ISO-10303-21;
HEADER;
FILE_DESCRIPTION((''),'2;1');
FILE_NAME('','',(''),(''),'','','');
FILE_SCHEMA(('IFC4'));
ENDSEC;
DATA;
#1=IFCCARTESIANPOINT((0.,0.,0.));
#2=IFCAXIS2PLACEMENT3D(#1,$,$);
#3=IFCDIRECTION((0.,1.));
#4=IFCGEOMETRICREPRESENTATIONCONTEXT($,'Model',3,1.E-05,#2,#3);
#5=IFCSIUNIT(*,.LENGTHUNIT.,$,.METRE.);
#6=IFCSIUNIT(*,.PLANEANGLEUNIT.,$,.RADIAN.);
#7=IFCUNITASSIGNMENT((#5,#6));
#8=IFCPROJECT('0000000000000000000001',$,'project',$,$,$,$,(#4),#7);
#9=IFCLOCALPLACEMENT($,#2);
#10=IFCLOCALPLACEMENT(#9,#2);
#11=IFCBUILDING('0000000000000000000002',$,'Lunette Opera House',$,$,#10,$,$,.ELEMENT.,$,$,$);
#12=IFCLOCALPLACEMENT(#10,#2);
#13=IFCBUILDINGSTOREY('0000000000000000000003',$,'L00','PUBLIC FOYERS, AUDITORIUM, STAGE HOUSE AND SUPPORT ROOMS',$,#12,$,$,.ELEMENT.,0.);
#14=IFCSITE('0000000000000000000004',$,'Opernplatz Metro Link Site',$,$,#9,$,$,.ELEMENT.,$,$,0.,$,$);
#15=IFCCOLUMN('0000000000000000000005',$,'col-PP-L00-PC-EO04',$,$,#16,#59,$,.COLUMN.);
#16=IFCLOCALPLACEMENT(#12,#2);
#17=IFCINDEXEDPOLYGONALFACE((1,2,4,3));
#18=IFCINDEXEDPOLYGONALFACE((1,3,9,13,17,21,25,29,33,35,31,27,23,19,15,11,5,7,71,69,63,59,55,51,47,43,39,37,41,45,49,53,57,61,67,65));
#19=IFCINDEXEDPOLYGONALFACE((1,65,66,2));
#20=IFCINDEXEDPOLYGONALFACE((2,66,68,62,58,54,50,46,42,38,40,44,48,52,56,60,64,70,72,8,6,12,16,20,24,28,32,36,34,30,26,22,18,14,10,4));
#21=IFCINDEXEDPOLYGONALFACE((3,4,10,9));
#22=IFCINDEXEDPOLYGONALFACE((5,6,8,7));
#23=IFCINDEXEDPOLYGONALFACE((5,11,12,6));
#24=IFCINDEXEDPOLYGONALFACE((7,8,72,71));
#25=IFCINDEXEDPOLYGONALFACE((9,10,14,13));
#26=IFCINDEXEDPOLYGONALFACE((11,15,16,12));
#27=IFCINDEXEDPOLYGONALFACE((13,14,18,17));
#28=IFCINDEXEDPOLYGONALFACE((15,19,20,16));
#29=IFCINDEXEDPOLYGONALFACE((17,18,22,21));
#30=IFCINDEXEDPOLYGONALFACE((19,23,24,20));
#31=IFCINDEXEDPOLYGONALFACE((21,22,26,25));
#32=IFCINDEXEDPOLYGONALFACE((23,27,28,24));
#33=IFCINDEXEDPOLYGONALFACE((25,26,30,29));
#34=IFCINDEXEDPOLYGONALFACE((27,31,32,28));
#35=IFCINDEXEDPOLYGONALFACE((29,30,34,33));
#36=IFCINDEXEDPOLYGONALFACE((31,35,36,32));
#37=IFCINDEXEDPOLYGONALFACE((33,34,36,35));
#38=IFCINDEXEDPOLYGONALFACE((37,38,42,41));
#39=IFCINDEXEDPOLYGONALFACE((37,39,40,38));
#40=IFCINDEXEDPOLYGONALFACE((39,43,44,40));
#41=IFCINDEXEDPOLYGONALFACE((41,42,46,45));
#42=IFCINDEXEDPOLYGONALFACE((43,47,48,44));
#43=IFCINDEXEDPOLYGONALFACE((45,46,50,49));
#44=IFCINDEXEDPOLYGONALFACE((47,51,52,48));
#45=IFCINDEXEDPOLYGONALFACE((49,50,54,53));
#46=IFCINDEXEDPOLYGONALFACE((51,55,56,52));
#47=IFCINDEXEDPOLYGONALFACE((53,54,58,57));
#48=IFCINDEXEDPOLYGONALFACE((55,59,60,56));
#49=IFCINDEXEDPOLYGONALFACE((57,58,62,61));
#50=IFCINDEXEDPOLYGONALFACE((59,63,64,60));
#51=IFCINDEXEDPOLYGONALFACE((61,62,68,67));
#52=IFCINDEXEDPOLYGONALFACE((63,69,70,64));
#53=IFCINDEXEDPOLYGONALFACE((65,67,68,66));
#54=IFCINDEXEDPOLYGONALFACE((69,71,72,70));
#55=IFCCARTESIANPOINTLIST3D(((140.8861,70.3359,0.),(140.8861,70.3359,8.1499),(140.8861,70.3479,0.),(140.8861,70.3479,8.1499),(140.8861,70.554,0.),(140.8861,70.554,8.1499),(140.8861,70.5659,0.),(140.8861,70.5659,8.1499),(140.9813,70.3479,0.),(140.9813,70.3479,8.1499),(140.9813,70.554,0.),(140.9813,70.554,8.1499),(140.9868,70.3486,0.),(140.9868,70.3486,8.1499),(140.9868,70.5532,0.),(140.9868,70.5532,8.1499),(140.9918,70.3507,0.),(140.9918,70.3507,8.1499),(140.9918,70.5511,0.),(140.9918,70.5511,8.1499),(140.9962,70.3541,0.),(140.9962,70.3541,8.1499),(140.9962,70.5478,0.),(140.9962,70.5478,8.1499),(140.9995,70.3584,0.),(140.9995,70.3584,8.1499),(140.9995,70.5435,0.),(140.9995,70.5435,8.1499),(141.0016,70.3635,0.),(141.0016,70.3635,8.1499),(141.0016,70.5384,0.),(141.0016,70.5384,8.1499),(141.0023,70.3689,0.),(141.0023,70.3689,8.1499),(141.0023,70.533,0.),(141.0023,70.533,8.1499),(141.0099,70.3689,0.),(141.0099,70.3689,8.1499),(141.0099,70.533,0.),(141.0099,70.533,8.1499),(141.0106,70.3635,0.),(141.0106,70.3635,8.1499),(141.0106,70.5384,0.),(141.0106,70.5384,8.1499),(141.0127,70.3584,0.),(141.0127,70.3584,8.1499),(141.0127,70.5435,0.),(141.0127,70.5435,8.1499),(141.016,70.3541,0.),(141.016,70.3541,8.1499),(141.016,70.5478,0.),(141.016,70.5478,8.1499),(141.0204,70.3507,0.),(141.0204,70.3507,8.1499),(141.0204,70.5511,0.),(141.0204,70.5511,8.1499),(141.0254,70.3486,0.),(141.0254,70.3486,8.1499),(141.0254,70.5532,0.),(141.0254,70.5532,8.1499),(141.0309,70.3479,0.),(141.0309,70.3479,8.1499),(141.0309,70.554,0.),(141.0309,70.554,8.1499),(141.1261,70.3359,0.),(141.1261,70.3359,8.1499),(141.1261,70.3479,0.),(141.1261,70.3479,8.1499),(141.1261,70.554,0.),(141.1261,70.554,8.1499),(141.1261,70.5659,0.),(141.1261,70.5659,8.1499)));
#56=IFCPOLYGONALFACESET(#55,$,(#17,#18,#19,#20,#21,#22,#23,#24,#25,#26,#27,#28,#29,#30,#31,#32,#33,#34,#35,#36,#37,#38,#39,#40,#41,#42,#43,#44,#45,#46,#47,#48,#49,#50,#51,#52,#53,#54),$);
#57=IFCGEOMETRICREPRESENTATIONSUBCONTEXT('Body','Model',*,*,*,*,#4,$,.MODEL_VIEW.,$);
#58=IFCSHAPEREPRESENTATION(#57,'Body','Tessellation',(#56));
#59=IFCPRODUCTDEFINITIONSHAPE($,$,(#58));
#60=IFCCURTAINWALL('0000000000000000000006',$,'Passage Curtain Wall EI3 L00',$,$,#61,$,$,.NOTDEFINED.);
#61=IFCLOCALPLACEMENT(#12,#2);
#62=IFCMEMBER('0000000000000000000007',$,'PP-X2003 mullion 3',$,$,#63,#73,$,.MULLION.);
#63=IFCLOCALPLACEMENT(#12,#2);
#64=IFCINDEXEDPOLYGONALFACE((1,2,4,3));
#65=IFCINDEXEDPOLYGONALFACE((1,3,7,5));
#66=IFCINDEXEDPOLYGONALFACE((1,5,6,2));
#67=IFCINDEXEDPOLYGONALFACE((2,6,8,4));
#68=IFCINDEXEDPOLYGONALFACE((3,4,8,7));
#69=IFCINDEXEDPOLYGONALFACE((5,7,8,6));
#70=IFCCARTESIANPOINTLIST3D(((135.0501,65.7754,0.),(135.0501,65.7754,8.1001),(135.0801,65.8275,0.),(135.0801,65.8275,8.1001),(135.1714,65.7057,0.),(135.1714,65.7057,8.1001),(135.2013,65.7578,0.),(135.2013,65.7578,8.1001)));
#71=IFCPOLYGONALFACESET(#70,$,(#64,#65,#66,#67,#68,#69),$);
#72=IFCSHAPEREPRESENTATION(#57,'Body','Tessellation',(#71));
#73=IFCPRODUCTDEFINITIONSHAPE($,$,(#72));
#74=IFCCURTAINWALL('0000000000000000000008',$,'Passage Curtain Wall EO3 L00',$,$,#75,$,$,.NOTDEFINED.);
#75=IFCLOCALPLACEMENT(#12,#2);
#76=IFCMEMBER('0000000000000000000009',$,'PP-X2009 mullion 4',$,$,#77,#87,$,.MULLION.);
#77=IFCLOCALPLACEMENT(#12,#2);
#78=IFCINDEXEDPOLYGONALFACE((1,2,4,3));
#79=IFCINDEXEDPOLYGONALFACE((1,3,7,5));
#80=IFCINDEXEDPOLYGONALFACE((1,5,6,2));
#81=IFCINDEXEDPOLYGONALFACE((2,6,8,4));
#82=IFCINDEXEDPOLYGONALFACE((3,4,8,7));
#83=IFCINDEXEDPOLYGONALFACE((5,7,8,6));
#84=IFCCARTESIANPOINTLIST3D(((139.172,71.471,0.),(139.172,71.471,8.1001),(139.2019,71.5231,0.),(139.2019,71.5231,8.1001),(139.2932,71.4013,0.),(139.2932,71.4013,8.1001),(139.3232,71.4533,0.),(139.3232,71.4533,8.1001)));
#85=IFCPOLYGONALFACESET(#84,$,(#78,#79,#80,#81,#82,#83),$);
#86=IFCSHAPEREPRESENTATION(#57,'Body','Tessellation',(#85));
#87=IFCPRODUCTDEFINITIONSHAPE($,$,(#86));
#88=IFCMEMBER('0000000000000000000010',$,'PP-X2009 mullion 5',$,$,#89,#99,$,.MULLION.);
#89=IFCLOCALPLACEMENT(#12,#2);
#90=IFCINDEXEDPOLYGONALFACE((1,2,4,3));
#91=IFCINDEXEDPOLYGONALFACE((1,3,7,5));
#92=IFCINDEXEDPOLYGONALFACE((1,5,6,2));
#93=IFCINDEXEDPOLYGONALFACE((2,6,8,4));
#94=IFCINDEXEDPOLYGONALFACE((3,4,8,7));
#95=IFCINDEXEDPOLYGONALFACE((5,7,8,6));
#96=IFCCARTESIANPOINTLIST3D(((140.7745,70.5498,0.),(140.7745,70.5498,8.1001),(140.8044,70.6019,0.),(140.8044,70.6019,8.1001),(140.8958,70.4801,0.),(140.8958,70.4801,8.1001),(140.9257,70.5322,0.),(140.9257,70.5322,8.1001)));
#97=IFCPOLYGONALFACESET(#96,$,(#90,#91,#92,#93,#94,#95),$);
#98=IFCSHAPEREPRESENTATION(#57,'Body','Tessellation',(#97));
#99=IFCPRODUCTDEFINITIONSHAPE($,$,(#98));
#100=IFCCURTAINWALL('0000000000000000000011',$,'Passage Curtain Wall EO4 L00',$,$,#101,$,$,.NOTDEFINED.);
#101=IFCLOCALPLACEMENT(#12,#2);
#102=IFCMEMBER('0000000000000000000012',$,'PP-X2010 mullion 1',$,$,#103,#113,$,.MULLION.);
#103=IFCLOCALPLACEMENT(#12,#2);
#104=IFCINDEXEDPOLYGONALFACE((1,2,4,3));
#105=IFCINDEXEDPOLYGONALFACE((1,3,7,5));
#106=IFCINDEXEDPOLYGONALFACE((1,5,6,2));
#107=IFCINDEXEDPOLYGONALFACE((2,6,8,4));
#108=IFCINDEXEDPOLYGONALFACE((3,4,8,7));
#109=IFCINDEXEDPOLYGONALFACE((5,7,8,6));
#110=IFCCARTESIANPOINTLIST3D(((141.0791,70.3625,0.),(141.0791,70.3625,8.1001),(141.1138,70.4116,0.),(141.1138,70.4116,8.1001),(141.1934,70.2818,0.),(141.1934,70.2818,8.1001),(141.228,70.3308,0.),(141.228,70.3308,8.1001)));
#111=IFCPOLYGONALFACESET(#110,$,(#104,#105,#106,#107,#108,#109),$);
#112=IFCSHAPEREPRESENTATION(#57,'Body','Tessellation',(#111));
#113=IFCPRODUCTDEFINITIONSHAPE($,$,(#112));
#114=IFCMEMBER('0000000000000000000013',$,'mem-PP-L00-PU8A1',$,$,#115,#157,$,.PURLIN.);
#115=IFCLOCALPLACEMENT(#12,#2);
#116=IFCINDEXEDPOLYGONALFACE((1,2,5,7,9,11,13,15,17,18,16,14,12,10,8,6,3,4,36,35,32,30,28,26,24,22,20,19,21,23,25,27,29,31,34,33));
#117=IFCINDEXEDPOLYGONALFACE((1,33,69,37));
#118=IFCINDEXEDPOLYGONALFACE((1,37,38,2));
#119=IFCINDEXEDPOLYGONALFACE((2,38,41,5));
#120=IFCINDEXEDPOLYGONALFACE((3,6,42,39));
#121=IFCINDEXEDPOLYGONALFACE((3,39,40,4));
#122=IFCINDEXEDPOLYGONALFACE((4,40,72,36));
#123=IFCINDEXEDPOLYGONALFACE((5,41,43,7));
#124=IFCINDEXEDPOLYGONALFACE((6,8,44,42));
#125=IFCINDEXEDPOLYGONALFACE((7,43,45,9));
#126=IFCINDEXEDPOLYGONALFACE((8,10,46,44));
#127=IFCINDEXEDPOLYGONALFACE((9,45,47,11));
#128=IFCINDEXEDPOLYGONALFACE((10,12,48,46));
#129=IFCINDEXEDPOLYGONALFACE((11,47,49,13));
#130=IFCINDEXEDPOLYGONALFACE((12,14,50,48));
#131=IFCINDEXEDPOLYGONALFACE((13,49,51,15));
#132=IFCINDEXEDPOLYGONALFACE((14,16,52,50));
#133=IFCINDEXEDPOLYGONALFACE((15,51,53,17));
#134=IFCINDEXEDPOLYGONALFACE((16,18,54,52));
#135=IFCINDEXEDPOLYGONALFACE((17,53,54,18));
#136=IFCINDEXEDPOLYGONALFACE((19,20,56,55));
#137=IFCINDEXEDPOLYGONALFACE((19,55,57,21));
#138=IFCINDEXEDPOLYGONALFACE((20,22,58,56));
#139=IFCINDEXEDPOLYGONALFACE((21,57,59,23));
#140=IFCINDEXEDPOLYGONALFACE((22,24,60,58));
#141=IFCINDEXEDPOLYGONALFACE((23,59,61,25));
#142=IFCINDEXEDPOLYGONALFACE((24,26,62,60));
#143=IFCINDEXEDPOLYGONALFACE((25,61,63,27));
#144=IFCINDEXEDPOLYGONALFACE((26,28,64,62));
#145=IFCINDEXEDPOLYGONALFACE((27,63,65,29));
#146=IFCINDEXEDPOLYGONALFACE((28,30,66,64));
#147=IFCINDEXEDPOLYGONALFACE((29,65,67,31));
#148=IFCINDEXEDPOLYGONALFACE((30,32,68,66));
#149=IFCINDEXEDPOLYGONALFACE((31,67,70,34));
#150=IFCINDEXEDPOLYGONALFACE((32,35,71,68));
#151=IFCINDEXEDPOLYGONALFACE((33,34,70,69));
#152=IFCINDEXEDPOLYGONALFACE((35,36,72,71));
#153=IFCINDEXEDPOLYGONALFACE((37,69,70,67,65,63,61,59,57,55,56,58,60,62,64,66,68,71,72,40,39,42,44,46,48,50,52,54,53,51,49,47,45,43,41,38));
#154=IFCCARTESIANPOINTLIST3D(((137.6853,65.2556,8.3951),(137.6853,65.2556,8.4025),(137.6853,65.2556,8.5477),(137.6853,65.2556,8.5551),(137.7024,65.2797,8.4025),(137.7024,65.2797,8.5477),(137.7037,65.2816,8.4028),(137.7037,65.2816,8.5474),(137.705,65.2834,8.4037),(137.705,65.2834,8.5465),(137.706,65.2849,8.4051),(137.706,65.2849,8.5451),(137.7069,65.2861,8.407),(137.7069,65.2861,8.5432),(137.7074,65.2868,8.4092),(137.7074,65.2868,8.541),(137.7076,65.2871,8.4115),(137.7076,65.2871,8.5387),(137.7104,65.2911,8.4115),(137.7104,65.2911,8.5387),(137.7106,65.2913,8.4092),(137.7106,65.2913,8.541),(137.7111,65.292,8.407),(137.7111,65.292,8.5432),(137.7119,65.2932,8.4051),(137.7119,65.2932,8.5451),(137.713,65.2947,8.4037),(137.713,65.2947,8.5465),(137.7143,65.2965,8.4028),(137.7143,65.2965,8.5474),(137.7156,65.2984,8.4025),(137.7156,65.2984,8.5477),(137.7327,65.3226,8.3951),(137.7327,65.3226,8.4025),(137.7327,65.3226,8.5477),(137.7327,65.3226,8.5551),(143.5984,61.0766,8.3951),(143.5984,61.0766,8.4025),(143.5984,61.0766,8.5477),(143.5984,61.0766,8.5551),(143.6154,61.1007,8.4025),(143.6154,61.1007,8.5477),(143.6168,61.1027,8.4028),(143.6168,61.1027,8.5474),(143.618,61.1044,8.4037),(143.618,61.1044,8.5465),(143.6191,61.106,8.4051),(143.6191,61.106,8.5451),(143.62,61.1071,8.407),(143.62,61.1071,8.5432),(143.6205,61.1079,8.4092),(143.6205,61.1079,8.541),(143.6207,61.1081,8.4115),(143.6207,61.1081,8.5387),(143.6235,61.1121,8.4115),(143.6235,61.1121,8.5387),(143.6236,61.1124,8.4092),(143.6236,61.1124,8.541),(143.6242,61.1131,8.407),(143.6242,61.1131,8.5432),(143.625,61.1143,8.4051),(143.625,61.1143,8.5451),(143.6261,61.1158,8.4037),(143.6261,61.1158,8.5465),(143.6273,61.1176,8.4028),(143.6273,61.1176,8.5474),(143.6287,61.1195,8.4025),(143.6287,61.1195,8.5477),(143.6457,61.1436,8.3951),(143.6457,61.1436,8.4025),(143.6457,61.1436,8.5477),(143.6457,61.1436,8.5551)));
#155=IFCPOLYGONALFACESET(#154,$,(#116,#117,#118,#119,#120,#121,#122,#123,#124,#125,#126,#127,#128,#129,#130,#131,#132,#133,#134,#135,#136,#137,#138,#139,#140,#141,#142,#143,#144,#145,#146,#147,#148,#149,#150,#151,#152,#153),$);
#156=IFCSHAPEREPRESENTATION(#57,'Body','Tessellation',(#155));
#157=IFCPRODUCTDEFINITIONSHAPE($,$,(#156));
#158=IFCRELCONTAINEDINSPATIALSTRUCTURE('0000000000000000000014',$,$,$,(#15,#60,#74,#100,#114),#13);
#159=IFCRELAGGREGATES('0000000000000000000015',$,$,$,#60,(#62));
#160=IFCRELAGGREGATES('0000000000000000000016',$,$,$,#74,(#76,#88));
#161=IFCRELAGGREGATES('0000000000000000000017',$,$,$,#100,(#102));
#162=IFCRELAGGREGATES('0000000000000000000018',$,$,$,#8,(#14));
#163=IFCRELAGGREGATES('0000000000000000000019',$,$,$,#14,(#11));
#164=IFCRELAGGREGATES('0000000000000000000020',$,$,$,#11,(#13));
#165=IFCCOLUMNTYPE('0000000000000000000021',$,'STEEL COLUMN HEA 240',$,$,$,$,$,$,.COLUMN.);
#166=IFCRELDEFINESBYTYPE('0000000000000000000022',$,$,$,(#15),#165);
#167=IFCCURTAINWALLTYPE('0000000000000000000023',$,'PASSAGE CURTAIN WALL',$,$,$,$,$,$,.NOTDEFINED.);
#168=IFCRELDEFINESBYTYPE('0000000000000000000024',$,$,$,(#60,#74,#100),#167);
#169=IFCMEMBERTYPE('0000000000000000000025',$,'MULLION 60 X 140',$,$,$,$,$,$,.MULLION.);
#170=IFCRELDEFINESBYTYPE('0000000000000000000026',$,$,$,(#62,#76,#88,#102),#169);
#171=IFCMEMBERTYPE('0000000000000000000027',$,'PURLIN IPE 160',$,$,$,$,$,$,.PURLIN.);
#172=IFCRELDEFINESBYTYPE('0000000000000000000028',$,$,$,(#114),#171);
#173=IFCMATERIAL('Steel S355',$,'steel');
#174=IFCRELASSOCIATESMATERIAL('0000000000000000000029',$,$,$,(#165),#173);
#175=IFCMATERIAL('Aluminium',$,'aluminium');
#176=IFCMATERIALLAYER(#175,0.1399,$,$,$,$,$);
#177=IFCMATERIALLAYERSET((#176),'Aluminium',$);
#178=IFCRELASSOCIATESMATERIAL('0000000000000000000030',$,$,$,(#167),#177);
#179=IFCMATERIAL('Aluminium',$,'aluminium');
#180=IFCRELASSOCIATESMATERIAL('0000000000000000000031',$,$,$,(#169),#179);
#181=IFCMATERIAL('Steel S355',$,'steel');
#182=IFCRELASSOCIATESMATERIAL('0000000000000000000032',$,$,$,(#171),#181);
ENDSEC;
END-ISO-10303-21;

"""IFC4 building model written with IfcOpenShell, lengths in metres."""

from ifc_helpers import new_model, si_unit, direction, frame, origin, origin_2d, place, context, subcontext, project, spatial, rectangle, i_section, extrude, material, layer, layer_set, material_profile, profile_set, type_object, element, aggregate, save


model = new_model("IFC4")

# Units and contexts
model_context = context("Model", 3, precision=1e-05, world=origin(), true_north=direction((0.0, 1.0)))
body_context = subcontext(model_context, "Body", "Model", "MODEL_VIEW")
ifc_project = project(units=[si_unit("LENGTHUNIT", "METRE"), si_unit("PLANEANGLEUNIT", "RADIAN")], contexts=[model_context])

# Site, building, storey
site_placement = place(None, origin())
site = spatial("IfcSite", under=ifc_project, at=site_placement, Name="Opernplatz Metro Link Site", CompositionType="ELEMENT", RefElevation=0.0)
building_placement = place(site_placement, origin())
building = spatial("IfcBuilding", under=site, at=building_placement, Name="Lunette Opera House", CompositionType="ELEMENT")
storey_placement = place(building_placement, origin())
storey = spatial("IfcBuildingStorey", under=building, at=storey_placement, Name="L00", Description="PUBLIC FOYERS, AUDITORIUM, STAGE HOUSE AND SUPPORT ROOMS", CompositionType="ELEMENT", Elevation=0.0)

# Column
ifc_material_1 = material(Name="Steel S355", Category="steel")
ifc_material_profile_1 = material_profile(ifc_material_1, i_section(OverallWidth=0.24, OverallDepth=0.23, WebThickness=0.0076, FlangeThickness=0.012, FilletRadius=0.021, at=origin_2d()), Name="HEA 240")
ifc_profile_set_1 = profile_set([ifc_material_profile_1], Name="Steel S355")
column_type = type_object("IfcColumnType", Name="STEEL COLUMN HEA 240", PredefinedType="COLUMN", material=ifc_profile_set_1)
column_placement = place(storey_placement, frame((141.0061, 70.4509, 0.0), z_axis=(0.0, 0.0, 1.0), x_axis=(1.0, 0.0, 0.0)))
element("IfcColumn", 1, at=column_placement, inside=storey, type_object=column_type, Name="col-PP-L00-PC-EO04", PredefinedType="COLUMN", context=body_context, shape_type="SweptSolid", body=[
    extrude(i_section(OverallWidth=0.24, OverallDepth=0.23, WebThickness=0.0076, FlangeThickness=0.012, FilletRadius=0.021, at=origin_2d()), origin(), (0.0, 0.0, 1.0), 8.1499),
])

# Curtain wall, member
ifc_material_2 = material(Name="Aluminium", Category="aluminium")
ifc_layer_1 = layer(ifc_material_2, 0.1399)
ifc_layer_set_1 = layer_set([ifc_layer_1], Name="Aluminium")
curtain_wall_type = type_object("IfcCurtainWallType", Name="PASSAGE CURTAIN WALL", PredefinedType="NOTDEFINED", material=ifc_layer_set_1)
curtain_wall_1_placement = place(storey_placement, origin())
curtain_wall_1 = element("IfcCurtainWall", 2, at=curtain_wall_1_placement, inside=storey, type_object=curtain_wall_type, Name="Passage Curtain Wall EI3 L00", PredefinedType="NOTDEFINED")
ifc_material_3 = material(Name="Aluminium", Category="aluminium")
ifc_material_profile_2 = material_profile(ifc_material_3, rectangle(XDim=0.0601, YDim=0.1399, at=origin_2d()), Name="MULLION 60 X 140")
ifc_profile_set_2 = profile_set([ifc_material_profile_2], Name="Aluminium")
member_type_1 = type_object("IfcMemberType", Name="MULLION 60 X 140", PredefinedType="MULLION", material=ifc_profile_set_2)
member_1_placement = place(storey_placement, frame((135.1257, 65.7666, 0.0), z_axis=(0.0, 0.0, 1.0), x_axis=(0.498414, 0.866939, 0.0)))
member_1 = element("IfcMember", 3, at=member_1_placement, type_object=member_type_1, Name="PP-X2003 mullion 3", PredefinedType="MULLION", context=body_context, shape_type="SweptSolid", body=[
    extrude(rectangle(XDim=0.0601, YDim=0.1399, at=origin_2d()), origin(), (0.0, 0.0, 1.0), 8.1001),
])

# Curtain wall, members
curtain_wall_2_placement = place(storey_placement, origin())
curtain_wall_2 = element("IfcCurtainWall", 4, at=curtain_wall_2_placement, inside=storey, type_object=curtain_wall_type, Name="Passage Curtain Wall EO3 L00", PredefinedType="NOTDEFINED")
member_2_placement = place(storey_placement, frame((139.2476, 71.4622, 0.0), z_axis=(0.0, 0.0, 1.0), x_axis=(0.498416, 0.866938, 0.0)))
member_2 = element("IfcMember", 5, at=member_2_placement, type_object=member_type_1, Name="PP-X2009 mullion 4", PredefinedType="MULLION", context=body_context, shape_type="SweptSolid", body=[
    extrude(rectangle(XDim=0.0601, YDim=0.1399, at=origin_2d()), origin(), (0.0, 0.0, 1.0), 8.1001),
])
member_3_placement = place(storey_placement, frame((140.8501, 70.541, 0.0), z_axis=(0.0, 0.0, 1.0), x_axis=(0.498416, 0.866938, 0.0)))
member_3 = element("IfcMember", 6, at=member_3_placement, type_object=member_type_1, Name="PP-X2009 mullion 5", PredefinedType="MULLION", context=body_context, shape_type="SweptSolid", body=[
    extrude(rectangle(XDim=0.0601, YDim=0.1399, at=origin_2d()), origin(), (0.0, 0.0, 1.0), 8.1001),
])

# Curtain wall, member
curtain_wall_3_placement = place(storey_placement, origin())
curtain_wall_3 = element("IfcCurtainWall", 7, at=curtain_wall_3_placement, inside=storey, type_object=curtain_wall_type, Name="Passage Curtain Wall EO4 L00", PredefinedType="NOTDEFINED")
member_4_placement = place(storey_placement, frame((141.1536, 70.3467, 0.0), z_axis=(0.0, 0.0, 1.0), x_axis=(0.577075, 0.816691, 0.0)))
member_4 = element("IfcMember", 8, at=member_4_placement, type_object=member_type_1, Name="PP-X2010 mullion 1", PredefinedType="MULLION", context=body_context, shape_type="SweptSolid", body=[
    extrude(rectangle(XDim=0.0601, YDim=0.1399, at=origin_2d()), origin(), (0.0, 0.0, 1.0), 8.1001),
])

# Member
ifc_material_4 = material(Name="Steel S355", Category="steel")
ifc_material_profile_3 = material_profile(ifc_material_4, i_section(OverallWidth=0.082, OverallDepth=0.1599, WebThickness=0.0049, FlangeThickness=0.0073, FilletRadius=0.009, at=origin_2d()), Name="IPE 160")
ifc_profile_set_3 = profile_set([ifc_material_profile_3], Name="Steel S355")
member_type_2 = type_object("IfcMemberType", Name="PURLIN IPE 160", PredefinedType="PURLIN", material=ifc_profile_set_3)
member_5_placement = place(storey_placement, frame((137.709, 65.2891, 8.4751), z_axis=(0.816642, -0.577145, 0.0), x_axis=(0.577145, 0.816642, 0.0)))
element("IfcMember", 9, at=member_5_placement, inside=storey, type_object=member_type_2, Name="mem-PP-L00-PU8A1", PredefinedType="PURLIN", context=body_context, shape_type="SweptSolid", body=[
    extrude(i_section(OverallWidth=0.082, OverallDepth=0.1599, WebThickness=0.0049, FlangeThickness=0.0073, FilletRadius=0.009, at=origin_2d()), origin(), (0.0, 0.0, 1.0), 7.2407),
])

aggregate(curtain_wall_1, [member_1])
aggregate(curtain_wall_2, [member_2, member_3])
aggregate(curtain_wall_3, [member_4])

save(model, "model.ifc")
